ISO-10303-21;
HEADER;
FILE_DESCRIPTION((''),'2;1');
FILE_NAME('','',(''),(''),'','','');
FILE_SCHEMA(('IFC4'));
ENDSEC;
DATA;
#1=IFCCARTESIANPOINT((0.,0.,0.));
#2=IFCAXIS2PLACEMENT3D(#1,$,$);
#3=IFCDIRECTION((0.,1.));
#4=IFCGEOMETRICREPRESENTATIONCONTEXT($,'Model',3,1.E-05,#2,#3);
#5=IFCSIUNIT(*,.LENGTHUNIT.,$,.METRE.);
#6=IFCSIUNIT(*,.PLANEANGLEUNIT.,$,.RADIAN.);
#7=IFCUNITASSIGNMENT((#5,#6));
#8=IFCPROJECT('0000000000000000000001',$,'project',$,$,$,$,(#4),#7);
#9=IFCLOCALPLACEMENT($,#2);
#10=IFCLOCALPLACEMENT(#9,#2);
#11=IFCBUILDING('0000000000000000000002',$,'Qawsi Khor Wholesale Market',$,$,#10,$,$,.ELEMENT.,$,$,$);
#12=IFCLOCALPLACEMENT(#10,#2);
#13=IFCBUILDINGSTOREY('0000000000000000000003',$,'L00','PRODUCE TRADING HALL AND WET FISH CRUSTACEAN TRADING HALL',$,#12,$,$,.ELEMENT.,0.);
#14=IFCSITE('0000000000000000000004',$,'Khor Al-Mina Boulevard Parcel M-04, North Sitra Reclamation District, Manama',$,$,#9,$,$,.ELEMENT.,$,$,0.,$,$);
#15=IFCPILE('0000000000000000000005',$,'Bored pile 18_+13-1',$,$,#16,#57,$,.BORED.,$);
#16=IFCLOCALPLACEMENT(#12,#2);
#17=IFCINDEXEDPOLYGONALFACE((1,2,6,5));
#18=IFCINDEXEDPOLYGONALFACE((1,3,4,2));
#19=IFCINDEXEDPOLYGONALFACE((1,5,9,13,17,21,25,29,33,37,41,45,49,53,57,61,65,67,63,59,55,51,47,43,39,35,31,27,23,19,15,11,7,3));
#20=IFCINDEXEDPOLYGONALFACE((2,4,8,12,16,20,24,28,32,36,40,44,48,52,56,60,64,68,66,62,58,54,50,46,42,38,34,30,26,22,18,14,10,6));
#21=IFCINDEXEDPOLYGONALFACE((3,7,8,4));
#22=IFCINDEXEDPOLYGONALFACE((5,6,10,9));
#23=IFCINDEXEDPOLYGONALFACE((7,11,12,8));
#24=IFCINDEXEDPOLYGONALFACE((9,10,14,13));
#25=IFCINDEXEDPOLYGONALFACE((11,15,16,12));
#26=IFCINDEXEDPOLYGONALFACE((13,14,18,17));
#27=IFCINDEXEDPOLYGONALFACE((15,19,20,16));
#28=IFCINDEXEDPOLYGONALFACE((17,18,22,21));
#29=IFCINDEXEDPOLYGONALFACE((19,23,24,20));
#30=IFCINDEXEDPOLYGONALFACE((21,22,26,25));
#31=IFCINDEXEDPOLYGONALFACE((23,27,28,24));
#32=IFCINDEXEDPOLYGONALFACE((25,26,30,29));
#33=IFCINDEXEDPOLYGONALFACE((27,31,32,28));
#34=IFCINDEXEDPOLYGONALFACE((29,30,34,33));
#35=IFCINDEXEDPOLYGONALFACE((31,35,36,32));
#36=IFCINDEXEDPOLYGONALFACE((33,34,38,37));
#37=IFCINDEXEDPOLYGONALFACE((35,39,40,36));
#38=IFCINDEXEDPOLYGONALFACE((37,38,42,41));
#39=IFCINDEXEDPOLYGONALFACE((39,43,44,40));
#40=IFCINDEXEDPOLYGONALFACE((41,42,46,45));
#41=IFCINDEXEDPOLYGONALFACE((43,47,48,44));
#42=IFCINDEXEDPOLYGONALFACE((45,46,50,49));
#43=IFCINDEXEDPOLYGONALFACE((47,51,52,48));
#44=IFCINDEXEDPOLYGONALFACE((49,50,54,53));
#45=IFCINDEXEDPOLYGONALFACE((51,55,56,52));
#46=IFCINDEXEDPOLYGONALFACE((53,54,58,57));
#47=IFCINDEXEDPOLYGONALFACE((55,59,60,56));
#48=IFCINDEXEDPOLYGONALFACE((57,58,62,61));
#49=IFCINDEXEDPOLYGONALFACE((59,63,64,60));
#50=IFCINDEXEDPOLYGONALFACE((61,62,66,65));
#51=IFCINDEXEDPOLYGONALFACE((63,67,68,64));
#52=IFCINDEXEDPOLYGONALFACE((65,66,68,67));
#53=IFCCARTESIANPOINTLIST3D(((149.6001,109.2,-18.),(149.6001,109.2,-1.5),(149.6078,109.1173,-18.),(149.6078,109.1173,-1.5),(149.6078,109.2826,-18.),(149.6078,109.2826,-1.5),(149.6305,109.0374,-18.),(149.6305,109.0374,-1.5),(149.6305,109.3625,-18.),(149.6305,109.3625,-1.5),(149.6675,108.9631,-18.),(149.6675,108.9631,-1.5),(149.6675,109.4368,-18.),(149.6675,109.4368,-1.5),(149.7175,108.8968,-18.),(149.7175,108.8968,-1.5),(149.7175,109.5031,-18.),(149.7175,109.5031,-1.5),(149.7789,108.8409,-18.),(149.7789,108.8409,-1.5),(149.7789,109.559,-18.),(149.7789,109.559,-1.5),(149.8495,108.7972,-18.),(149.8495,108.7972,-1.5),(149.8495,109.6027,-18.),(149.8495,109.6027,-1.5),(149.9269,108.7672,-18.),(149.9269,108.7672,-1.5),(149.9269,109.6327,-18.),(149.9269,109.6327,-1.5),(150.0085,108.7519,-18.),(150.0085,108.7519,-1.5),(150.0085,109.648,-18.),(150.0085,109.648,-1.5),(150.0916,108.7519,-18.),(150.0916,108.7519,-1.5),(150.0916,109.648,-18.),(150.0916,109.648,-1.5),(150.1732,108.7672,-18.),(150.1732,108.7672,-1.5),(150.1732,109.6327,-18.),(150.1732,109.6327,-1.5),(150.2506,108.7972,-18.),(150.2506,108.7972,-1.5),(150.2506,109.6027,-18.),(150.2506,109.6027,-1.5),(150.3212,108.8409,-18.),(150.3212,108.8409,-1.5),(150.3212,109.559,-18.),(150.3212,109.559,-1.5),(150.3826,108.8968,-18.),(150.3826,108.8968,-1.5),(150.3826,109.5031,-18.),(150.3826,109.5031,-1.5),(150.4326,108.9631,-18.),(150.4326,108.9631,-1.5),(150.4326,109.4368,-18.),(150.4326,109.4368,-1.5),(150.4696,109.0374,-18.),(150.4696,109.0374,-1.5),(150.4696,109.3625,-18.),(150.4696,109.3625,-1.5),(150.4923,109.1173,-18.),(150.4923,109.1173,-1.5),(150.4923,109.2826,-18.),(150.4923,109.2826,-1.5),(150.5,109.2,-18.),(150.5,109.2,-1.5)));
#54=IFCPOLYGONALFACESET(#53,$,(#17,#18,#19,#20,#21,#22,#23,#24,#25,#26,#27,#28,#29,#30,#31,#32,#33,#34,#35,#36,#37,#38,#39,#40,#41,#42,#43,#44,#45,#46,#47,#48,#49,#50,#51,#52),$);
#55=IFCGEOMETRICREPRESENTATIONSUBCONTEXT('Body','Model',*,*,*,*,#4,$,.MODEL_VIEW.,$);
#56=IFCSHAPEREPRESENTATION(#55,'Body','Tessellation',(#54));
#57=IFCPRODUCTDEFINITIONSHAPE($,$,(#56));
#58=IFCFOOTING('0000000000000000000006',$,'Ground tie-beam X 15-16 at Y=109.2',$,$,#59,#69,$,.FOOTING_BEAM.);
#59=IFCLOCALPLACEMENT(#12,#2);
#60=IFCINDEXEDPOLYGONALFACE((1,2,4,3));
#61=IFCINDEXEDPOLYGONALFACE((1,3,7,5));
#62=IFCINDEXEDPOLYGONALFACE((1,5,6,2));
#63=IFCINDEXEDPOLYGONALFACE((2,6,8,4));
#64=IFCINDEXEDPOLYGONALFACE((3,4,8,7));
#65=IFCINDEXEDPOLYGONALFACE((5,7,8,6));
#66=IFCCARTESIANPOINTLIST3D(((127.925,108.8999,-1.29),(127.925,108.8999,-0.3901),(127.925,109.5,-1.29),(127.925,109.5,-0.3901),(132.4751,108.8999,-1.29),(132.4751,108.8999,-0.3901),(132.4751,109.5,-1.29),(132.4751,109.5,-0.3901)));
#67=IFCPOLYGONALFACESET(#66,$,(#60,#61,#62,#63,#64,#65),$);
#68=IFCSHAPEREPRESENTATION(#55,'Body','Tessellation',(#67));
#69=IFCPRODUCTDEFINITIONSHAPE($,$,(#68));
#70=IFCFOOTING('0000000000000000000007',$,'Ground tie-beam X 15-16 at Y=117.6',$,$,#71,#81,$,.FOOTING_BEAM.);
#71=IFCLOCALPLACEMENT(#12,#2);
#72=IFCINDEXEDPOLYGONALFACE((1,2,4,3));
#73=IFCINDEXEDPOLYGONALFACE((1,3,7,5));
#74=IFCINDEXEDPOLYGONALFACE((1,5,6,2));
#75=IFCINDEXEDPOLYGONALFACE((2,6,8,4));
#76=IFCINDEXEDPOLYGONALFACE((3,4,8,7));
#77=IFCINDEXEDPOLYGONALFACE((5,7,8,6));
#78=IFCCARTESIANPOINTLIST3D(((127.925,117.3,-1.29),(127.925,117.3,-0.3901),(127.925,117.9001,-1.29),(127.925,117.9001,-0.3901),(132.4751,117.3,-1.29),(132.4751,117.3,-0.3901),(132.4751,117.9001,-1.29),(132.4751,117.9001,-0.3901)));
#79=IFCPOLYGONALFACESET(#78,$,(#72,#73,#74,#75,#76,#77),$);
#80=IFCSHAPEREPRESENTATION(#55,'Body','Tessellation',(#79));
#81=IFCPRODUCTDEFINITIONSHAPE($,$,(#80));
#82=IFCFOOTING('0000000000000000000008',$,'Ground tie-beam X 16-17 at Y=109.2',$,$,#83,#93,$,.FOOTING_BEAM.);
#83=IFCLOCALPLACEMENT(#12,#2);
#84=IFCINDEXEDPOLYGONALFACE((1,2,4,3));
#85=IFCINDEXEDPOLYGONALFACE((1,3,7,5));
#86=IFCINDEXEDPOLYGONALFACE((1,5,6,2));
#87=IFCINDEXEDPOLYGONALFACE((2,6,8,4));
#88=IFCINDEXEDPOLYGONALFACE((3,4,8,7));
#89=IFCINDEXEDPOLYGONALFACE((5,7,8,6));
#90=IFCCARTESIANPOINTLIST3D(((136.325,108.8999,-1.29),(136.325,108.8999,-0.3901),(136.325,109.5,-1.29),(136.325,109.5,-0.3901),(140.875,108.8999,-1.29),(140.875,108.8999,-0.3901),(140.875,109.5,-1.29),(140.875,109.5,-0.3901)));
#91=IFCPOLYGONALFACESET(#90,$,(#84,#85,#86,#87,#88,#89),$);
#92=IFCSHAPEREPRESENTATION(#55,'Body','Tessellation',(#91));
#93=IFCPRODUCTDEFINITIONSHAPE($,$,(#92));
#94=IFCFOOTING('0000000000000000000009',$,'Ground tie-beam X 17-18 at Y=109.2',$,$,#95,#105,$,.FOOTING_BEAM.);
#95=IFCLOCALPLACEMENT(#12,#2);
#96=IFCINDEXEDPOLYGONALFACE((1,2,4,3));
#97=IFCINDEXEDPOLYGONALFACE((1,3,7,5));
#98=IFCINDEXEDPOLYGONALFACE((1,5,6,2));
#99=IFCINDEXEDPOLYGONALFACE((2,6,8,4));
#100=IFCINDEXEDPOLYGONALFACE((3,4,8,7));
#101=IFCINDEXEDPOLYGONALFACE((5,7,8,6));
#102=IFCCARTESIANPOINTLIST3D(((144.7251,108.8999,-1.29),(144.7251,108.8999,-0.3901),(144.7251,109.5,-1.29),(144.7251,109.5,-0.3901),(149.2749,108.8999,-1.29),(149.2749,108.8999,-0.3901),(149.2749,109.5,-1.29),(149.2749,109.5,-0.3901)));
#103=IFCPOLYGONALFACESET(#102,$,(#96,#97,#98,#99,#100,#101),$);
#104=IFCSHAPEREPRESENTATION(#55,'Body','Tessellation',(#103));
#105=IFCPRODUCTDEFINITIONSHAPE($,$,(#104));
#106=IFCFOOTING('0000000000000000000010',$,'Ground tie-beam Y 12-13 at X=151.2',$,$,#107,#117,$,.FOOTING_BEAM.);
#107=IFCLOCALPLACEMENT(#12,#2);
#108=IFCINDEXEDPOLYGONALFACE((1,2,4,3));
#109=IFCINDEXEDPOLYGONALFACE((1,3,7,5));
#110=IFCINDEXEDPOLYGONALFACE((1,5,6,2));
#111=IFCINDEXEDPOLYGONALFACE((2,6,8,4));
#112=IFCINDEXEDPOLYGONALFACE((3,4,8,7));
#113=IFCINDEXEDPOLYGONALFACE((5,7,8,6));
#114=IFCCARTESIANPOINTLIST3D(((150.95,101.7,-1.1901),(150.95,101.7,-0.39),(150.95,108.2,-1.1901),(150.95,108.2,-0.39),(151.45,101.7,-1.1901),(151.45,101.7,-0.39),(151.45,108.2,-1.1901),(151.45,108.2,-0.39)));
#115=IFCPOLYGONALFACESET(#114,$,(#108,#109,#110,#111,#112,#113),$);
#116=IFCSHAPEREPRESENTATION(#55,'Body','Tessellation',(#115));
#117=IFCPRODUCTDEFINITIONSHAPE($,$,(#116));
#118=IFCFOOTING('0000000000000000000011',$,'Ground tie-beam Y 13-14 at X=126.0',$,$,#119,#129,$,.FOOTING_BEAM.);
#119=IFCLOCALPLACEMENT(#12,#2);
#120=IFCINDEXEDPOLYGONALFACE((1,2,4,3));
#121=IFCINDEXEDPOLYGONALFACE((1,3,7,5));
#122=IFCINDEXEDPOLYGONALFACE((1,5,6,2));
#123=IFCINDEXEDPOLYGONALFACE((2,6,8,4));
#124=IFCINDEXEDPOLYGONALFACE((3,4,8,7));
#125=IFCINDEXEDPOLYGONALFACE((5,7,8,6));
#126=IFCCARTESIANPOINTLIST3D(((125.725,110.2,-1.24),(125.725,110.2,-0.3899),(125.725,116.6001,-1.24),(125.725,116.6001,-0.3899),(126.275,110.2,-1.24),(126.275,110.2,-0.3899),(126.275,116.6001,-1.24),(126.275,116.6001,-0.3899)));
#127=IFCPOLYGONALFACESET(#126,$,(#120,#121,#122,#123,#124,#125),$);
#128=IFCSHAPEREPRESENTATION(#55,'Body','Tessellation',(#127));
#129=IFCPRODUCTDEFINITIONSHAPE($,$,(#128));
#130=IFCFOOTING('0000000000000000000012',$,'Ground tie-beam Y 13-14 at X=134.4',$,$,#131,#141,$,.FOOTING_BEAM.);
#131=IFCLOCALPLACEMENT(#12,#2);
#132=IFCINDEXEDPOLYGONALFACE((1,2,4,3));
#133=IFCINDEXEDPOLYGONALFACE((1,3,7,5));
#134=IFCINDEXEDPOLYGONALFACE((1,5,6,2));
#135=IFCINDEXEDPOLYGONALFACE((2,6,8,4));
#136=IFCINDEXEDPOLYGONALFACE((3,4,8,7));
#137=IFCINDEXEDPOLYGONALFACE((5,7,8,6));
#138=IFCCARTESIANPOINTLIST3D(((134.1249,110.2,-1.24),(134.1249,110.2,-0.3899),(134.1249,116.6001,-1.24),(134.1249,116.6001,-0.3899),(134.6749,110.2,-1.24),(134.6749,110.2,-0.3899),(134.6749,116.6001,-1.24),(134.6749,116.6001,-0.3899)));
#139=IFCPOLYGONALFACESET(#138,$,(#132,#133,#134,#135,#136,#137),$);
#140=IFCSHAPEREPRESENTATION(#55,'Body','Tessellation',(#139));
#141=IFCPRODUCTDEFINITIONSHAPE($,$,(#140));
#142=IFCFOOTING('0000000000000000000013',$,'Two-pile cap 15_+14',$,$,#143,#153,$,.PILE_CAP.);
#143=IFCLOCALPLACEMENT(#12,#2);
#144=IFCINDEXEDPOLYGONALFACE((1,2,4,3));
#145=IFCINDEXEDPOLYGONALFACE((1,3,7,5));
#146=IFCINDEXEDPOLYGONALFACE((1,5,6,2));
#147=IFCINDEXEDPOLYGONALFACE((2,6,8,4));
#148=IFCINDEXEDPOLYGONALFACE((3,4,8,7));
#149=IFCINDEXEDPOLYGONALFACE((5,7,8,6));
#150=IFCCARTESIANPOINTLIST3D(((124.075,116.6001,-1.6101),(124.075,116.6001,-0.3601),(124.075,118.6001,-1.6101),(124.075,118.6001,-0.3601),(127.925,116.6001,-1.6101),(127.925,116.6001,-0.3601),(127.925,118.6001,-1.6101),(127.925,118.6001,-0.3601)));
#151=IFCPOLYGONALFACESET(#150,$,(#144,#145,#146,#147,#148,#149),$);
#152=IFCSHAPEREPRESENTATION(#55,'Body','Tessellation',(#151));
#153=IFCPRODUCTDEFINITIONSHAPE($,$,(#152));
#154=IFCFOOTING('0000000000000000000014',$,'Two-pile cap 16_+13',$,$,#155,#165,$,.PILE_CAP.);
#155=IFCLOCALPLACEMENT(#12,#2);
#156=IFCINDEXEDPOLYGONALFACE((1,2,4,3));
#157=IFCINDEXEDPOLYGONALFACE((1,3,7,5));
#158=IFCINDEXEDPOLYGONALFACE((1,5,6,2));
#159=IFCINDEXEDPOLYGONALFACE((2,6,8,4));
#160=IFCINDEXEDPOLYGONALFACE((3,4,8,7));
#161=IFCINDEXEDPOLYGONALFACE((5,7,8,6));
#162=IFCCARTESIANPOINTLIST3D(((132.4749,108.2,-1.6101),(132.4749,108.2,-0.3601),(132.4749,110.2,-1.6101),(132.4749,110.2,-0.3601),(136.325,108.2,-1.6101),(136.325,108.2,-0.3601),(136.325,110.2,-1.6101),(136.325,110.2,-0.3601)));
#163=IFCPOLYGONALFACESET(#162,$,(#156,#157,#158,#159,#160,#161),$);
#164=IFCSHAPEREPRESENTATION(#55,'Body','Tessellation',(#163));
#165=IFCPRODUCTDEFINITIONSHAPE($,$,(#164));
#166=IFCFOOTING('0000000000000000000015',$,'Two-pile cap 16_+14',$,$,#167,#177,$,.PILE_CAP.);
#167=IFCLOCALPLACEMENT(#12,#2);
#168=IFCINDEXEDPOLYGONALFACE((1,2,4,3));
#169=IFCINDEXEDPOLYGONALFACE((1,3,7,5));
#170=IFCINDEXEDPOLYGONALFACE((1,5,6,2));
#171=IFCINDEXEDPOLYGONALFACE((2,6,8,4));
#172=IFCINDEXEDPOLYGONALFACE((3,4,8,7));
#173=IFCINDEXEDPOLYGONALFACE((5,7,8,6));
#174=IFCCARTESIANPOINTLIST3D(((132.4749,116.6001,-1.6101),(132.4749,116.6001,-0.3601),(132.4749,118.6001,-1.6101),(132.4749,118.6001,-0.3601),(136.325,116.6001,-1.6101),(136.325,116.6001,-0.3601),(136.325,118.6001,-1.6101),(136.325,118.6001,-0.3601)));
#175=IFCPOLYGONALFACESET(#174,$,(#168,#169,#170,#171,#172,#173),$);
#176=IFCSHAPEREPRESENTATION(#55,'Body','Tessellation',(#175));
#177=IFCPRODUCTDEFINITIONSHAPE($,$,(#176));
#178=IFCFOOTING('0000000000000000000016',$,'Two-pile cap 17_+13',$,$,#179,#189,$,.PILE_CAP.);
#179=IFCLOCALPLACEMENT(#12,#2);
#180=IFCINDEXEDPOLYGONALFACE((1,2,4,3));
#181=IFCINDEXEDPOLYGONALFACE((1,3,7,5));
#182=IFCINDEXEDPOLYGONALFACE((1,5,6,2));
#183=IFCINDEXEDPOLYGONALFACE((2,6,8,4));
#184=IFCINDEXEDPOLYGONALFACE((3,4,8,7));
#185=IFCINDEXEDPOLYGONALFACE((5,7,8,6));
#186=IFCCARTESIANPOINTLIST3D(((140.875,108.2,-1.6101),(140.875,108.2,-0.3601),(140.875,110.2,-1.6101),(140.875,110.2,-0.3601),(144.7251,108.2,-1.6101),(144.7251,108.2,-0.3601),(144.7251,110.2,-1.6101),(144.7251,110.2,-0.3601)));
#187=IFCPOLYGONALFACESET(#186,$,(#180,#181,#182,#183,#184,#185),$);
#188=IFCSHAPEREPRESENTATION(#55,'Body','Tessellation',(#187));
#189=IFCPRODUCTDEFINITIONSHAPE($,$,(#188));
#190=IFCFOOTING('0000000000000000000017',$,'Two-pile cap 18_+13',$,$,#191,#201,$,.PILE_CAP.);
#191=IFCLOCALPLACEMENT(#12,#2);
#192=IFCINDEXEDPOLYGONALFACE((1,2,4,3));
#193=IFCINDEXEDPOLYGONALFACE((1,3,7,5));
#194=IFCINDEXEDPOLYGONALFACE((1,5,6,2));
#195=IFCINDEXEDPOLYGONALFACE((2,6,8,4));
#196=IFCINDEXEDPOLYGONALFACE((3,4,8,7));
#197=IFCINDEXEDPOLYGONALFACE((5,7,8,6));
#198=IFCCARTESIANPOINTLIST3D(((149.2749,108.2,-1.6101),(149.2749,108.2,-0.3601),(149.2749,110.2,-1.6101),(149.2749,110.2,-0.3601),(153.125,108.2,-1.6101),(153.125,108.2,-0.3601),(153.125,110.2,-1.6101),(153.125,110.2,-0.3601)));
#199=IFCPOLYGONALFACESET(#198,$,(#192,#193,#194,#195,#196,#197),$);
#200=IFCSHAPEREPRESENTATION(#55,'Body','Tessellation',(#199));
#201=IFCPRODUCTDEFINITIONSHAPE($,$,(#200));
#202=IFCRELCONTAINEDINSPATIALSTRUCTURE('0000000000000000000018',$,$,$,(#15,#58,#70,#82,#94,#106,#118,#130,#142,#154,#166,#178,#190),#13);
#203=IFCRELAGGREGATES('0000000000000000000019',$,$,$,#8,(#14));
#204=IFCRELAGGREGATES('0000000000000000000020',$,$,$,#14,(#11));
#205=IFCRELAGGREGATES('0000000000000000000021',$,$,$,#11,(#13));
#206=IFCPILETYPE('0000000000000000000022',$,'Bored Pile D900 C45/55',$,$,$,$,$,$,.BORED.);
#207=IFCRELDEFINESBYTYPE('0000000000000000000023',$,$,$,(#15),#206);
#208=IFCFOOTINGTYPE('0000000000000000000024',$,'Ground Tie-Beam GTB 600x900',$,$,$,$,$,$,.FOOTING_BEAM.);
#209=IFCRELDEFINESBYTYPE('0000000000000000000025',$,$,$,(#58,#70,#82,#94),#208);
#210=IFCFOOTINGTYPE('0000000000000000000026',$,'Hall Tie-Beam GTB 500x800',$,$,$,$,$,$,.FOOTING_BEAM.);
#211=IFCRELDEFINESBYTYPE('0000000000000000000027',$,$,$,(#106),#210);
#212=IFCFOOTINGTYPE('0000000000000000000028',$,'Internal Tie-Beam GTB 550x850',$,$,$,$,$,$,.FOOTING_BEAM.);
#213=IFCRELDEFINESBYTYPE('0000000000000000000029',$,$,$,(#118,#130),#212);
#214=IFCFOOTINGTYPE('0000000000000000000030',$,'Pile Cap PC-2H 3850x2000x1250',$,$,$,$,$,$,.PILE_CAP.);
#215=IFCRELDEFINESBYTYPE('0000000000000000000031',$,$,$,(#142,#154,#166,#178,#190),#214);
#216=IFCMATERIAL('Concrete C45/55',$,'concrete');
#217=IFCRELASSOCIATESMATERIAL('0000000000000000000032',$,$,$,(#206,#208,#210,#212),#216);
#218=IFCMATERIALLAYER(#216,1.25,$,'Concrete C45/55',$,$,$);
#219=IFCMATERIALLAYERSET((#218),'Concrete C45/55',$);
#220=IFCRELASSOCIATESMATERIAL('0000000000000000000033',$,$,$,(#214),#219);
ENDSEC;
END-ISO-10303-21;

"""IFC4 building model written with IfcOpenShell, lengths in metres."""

from ifc_helpers import new_model, si_unit, direction, frame, origin, origin_2d, place, context, subcontext, project, spatial, rectangle, circle, extrude, material, layer, layer_set, material_profile, profile_set, type_object, element, save


model = new_model("IFC4")

# Units and contexts
model_context = context("Model", 3, precision=1e-05, world=origin(), true_north=direction((0.0, 1.0)))
body_context = subcontext(model_context, "Body", "Model", "MODEL_VIEW")
ifc_project = project(units=[si_unit("LENGTHUNIT", "METRE"), si_unit("PLANEANGLEUNIT", "RADIAN")], contexts=[model_context])

# Site, building, storey
site_placement = place(None, origin())
site = spatial("IfcSite", under=ifc_project, at=site_placement, Name="Khor Al-Mina Boulevard Parcel M-04, North Sitra Reclamation District, Manama", CompositionType="ELEMENT", RefElevation=0.0)
building_placement = place(site_placement, origin())
building = spatial("IfcBuilding", under=site, at=building_placement, Name="Qawsi Khor Wholesale Market", CompositionType="ELEMENT")
storey_placement = place(building_placement, origin())
storey = spatial("IfcBuildingStorey", under=building, at=storey_placement, Name="L00", Description="PRODUCE TRADING HALL AND WET FISH CRUSTACEAN TRADING HALL", CompositionType="ELEMENT", Elevation=0.0)

# Pile
ifc_material_1 = material(Name="Concrete C45/55", Category="concrete")
ifc_material_profile_1 = material_profile(ifc_material_1, circle(Radius=0.45, at=origin_2d()), Name="PILE D900")
ifc_profile_set_1 = profile_set([ifc_material_profile_1], Name="Concrete C45/55")
pile_type = type_object("IfcPileType", Name="Bored Pile D900 C45/55", PredefinedType="BORED", material=ifc_profile_set_1)
for number, where, z_axis, x_axis, name in (
    (1, (150.05, 109.2, -1.5), (0.0, 0.0, -1.0), (1.0, 0.0, 0.0), "Bored pile 18_+13-1"),
):
    element("IfcPile", number, at=place(storey_placement, frame(where, z_axis=z_axis, x_axis=x_axis)), inside=storey, type_object=pile_type, Name=name, PredefinedType="BORED", context=body_context, shape_type="SweptSolid", body=[
        extrude(circle(Radius=0.45, at=origin_2d()), origin(), (0.0, 0.0, 1.0), 16.5),
    ])

# Footings
ifc_material_profile_2 = material_profile(ifc_material_1, rectangle(XDim=0.6001, YDim=0.8999, at=origin_2d()), Name="RC 600x900")
ifc_profile_set_2 = profile_set([ifc_material_profile_2], Name="Concrete C45/55")
footing_type_1 = type_object("IfcFootingType", Name="Ground Tie-Beam GTB 600x900", PredefinedType="FOOTING_BEAM", material=ifc_profile_set_2)
for number, where, z_axis, x_axis, name in (
    (2, (127.925, 109.2, -0.8401), (1.0, 0.0, 0.0), (0.0, 1.0, 0.0), "Ground tie-beam X 15-16 at Y=109.2"),
    (3, (127.925, 117.6001, -0.8401), (1.0, 0.0, 0.0), (0.0, 1.0, 0.0), "Ground tie-beam X 15-16 at Y=117.6"),
    (4, (136.325, 109.2, -0.8401), (1.0, 0.0, 0.0), (0.0, 1.0, 0.0), "Ground tie-beam X 16-17 at Y=109.2"),
):
    element("IfcFooting", number, at=place(storey_placement, frame(where, z_axis=z_axis, x_axis=x_axis)), inside=storey, type_object=footing_type_1, Name=name, PredefinedType="FOOTING_BEAM", context=body_context, shape_type="SweptSolid", body=[
        extrude(rectangle(XDim=0.6001, YDim=0.8999, at=origin_2d()), origin(), (0.0, 0.0, 1.0), 4.55),
    ])
footing_1_placement = place(storey_placement, frame((144.7251, 109.2, -0.8401), z_axis=(1.0, 0.0, 0.0), x_axis=(0.0, 1.0, 0.0)))
element("IfcFooting", 5, at=footing_1_placement, inside=storey, type_object=footing_type_1, Name="Ground tie-beam X 17-18 at Y=109.2", PredefinedType="FOOTING_BEAM", context=body_context, shape_type="SweptSolid", body=[
    extrude(rectangle(XDim=0.6001, YDim=0.8999, at=origin_2d()), origin(), (0.0, 0.0, 1.0), 4.5498),
])
ifc_material_profile_3 = material_profile(ifc_material_1, rectangle(XDim=0.5, YDim=0.8, at=origin_2d()), Name="RC 500x800")
ifc_profile_set_3 = profile_set([ifc_material_profile_3], Name="Concrete C45/55")
footing_type_2 = type_object("IfcFootingType", Name="Hall Tie-Beam GTB 500x800", PredefinedType="FOOTING_BEAM", material=ifc_profile_set_3)
footing_2_placement = place(storey_placement, frame((151.2, 101.7, -0.79), z_axis=(0.0, 1.0, 0.0), x_axis=(-1.0, 0.0, 0.0)))
element("IfcFooting", 6, at=footing_2_placement, inside=storey, type_object=footing_type_2, Name="Ground tie-beam Y 12-13 at X=151.2", PredefinedType="FOOTING_BEAM", context=body_context, shape_type="SweptSolid", body=[
    extrude(rectangle(XDim=0.5, YDim=0.8, at=origin_2d()), origin(), (0.0, 0.0, 1.0), 6.5),
])
ifc_material_profile_4 = material_profile(ifc_material_1, rectangle(XDim=0.55, YDim=0.8501, at=origin_2d()), Name="RC 550x850")
ifc_profile_set_4 = profile_set([ifc_material_profile_4], Name="Concrete C45/55")
footing_type_3 = type_object("IfcFootingType", Name="Internal Tie-Beam GTB 550x850", PredefinedType="FOOTING_BEAM", material=ifc_profile_set_4)
for number, where, z_axis, x_axis, name in (
    (7, (126.0, 110.2, -0.8149), (0.0, 1.0, 0.0), (-1.0, 0.0, 0.0), "Ground tie-beam Y 13-14 at X=126.0"),
    (8, (134.3999, 110.2, -0.8149), (0.0, 1.0, 0.0), (-1.0, 0.0, 0.0), "Ground tie-beam Y 13-14 at X=134.4"),
):
    element("IfcFooting", number, at=place(storey_placement, frame(where, z_axis=z_axis, x_axis=x_axis)), inside=storey, type_object=footing_type_3, Name=name, PredefinedType="FOOTING_BEAM", context=body_context, shape_type="SweptSolid", body=[
        extrude(rectangle(XDim=0.55, YDim=0.8501, at=origin_2d()), origin(), (0.0, 0.0, 1.0), 6.4001),
    ])
ifc_layer_1 = layer(ifc_material_1, 1.25, Name="Concrete C45/55")
ifc_layer_set_1 = layer_set([ifc_layer_1], Name="Concrete C45/55")
footing_type_4 = type_object("IfcFootingType", Name="Pile Cap PC-2H 3850x2000x1250", PredefinedType="PILE_CAP", material=ifc_layer_set_1)
for number, where, z_axis, x_axis, name in (
    (9, (126.0, 117.6001, -1.6101), (0.0, 0.0, 1.0), (1.0, 0.0, 0.0), "Two-pile cap 15_+14"),
    (10, (134.3999, 109.2, -1.6101), (0.0, 0.0, 1.0), (1.0, 0.0, 0.0), "Two-pile cap 16_+13"),
    (11, (134.3999, 117.6001, -1.6101), (0.0, 0.0, 1.0), (1.0, 0.0, 0.0), "Two-pile cap 16_+14"),
    (12, (142.8, 109.2, -1.6101), (0.0, 0.0, 1.0), (1.0, 0.0, 0.0), "Two-pile cap 17_+13"),
    (13, (151.2, 109.2, -1.6101), (0.0, 0.0, 1.0), (1.0, 0.0, 0.0), "Two-pile cap 18_+13"),
):
    element("IfcFooting", number, at=place(storey_placement, frame(where, z_axis=z_axis, x_axis=x_axis)), inside=storey, type_object=footing_type_4, Name=name, PredefinedType="PILE_CAP", context=body_context, shape_type="SweptSolid", body=[
        extrude(rectangle(XDim=3.8501, YDim=2.0, at=origin_2d()), origin(), (0.0, 0.0, 1.0), 1.25),
    ])

save(model, "model.ifc")
